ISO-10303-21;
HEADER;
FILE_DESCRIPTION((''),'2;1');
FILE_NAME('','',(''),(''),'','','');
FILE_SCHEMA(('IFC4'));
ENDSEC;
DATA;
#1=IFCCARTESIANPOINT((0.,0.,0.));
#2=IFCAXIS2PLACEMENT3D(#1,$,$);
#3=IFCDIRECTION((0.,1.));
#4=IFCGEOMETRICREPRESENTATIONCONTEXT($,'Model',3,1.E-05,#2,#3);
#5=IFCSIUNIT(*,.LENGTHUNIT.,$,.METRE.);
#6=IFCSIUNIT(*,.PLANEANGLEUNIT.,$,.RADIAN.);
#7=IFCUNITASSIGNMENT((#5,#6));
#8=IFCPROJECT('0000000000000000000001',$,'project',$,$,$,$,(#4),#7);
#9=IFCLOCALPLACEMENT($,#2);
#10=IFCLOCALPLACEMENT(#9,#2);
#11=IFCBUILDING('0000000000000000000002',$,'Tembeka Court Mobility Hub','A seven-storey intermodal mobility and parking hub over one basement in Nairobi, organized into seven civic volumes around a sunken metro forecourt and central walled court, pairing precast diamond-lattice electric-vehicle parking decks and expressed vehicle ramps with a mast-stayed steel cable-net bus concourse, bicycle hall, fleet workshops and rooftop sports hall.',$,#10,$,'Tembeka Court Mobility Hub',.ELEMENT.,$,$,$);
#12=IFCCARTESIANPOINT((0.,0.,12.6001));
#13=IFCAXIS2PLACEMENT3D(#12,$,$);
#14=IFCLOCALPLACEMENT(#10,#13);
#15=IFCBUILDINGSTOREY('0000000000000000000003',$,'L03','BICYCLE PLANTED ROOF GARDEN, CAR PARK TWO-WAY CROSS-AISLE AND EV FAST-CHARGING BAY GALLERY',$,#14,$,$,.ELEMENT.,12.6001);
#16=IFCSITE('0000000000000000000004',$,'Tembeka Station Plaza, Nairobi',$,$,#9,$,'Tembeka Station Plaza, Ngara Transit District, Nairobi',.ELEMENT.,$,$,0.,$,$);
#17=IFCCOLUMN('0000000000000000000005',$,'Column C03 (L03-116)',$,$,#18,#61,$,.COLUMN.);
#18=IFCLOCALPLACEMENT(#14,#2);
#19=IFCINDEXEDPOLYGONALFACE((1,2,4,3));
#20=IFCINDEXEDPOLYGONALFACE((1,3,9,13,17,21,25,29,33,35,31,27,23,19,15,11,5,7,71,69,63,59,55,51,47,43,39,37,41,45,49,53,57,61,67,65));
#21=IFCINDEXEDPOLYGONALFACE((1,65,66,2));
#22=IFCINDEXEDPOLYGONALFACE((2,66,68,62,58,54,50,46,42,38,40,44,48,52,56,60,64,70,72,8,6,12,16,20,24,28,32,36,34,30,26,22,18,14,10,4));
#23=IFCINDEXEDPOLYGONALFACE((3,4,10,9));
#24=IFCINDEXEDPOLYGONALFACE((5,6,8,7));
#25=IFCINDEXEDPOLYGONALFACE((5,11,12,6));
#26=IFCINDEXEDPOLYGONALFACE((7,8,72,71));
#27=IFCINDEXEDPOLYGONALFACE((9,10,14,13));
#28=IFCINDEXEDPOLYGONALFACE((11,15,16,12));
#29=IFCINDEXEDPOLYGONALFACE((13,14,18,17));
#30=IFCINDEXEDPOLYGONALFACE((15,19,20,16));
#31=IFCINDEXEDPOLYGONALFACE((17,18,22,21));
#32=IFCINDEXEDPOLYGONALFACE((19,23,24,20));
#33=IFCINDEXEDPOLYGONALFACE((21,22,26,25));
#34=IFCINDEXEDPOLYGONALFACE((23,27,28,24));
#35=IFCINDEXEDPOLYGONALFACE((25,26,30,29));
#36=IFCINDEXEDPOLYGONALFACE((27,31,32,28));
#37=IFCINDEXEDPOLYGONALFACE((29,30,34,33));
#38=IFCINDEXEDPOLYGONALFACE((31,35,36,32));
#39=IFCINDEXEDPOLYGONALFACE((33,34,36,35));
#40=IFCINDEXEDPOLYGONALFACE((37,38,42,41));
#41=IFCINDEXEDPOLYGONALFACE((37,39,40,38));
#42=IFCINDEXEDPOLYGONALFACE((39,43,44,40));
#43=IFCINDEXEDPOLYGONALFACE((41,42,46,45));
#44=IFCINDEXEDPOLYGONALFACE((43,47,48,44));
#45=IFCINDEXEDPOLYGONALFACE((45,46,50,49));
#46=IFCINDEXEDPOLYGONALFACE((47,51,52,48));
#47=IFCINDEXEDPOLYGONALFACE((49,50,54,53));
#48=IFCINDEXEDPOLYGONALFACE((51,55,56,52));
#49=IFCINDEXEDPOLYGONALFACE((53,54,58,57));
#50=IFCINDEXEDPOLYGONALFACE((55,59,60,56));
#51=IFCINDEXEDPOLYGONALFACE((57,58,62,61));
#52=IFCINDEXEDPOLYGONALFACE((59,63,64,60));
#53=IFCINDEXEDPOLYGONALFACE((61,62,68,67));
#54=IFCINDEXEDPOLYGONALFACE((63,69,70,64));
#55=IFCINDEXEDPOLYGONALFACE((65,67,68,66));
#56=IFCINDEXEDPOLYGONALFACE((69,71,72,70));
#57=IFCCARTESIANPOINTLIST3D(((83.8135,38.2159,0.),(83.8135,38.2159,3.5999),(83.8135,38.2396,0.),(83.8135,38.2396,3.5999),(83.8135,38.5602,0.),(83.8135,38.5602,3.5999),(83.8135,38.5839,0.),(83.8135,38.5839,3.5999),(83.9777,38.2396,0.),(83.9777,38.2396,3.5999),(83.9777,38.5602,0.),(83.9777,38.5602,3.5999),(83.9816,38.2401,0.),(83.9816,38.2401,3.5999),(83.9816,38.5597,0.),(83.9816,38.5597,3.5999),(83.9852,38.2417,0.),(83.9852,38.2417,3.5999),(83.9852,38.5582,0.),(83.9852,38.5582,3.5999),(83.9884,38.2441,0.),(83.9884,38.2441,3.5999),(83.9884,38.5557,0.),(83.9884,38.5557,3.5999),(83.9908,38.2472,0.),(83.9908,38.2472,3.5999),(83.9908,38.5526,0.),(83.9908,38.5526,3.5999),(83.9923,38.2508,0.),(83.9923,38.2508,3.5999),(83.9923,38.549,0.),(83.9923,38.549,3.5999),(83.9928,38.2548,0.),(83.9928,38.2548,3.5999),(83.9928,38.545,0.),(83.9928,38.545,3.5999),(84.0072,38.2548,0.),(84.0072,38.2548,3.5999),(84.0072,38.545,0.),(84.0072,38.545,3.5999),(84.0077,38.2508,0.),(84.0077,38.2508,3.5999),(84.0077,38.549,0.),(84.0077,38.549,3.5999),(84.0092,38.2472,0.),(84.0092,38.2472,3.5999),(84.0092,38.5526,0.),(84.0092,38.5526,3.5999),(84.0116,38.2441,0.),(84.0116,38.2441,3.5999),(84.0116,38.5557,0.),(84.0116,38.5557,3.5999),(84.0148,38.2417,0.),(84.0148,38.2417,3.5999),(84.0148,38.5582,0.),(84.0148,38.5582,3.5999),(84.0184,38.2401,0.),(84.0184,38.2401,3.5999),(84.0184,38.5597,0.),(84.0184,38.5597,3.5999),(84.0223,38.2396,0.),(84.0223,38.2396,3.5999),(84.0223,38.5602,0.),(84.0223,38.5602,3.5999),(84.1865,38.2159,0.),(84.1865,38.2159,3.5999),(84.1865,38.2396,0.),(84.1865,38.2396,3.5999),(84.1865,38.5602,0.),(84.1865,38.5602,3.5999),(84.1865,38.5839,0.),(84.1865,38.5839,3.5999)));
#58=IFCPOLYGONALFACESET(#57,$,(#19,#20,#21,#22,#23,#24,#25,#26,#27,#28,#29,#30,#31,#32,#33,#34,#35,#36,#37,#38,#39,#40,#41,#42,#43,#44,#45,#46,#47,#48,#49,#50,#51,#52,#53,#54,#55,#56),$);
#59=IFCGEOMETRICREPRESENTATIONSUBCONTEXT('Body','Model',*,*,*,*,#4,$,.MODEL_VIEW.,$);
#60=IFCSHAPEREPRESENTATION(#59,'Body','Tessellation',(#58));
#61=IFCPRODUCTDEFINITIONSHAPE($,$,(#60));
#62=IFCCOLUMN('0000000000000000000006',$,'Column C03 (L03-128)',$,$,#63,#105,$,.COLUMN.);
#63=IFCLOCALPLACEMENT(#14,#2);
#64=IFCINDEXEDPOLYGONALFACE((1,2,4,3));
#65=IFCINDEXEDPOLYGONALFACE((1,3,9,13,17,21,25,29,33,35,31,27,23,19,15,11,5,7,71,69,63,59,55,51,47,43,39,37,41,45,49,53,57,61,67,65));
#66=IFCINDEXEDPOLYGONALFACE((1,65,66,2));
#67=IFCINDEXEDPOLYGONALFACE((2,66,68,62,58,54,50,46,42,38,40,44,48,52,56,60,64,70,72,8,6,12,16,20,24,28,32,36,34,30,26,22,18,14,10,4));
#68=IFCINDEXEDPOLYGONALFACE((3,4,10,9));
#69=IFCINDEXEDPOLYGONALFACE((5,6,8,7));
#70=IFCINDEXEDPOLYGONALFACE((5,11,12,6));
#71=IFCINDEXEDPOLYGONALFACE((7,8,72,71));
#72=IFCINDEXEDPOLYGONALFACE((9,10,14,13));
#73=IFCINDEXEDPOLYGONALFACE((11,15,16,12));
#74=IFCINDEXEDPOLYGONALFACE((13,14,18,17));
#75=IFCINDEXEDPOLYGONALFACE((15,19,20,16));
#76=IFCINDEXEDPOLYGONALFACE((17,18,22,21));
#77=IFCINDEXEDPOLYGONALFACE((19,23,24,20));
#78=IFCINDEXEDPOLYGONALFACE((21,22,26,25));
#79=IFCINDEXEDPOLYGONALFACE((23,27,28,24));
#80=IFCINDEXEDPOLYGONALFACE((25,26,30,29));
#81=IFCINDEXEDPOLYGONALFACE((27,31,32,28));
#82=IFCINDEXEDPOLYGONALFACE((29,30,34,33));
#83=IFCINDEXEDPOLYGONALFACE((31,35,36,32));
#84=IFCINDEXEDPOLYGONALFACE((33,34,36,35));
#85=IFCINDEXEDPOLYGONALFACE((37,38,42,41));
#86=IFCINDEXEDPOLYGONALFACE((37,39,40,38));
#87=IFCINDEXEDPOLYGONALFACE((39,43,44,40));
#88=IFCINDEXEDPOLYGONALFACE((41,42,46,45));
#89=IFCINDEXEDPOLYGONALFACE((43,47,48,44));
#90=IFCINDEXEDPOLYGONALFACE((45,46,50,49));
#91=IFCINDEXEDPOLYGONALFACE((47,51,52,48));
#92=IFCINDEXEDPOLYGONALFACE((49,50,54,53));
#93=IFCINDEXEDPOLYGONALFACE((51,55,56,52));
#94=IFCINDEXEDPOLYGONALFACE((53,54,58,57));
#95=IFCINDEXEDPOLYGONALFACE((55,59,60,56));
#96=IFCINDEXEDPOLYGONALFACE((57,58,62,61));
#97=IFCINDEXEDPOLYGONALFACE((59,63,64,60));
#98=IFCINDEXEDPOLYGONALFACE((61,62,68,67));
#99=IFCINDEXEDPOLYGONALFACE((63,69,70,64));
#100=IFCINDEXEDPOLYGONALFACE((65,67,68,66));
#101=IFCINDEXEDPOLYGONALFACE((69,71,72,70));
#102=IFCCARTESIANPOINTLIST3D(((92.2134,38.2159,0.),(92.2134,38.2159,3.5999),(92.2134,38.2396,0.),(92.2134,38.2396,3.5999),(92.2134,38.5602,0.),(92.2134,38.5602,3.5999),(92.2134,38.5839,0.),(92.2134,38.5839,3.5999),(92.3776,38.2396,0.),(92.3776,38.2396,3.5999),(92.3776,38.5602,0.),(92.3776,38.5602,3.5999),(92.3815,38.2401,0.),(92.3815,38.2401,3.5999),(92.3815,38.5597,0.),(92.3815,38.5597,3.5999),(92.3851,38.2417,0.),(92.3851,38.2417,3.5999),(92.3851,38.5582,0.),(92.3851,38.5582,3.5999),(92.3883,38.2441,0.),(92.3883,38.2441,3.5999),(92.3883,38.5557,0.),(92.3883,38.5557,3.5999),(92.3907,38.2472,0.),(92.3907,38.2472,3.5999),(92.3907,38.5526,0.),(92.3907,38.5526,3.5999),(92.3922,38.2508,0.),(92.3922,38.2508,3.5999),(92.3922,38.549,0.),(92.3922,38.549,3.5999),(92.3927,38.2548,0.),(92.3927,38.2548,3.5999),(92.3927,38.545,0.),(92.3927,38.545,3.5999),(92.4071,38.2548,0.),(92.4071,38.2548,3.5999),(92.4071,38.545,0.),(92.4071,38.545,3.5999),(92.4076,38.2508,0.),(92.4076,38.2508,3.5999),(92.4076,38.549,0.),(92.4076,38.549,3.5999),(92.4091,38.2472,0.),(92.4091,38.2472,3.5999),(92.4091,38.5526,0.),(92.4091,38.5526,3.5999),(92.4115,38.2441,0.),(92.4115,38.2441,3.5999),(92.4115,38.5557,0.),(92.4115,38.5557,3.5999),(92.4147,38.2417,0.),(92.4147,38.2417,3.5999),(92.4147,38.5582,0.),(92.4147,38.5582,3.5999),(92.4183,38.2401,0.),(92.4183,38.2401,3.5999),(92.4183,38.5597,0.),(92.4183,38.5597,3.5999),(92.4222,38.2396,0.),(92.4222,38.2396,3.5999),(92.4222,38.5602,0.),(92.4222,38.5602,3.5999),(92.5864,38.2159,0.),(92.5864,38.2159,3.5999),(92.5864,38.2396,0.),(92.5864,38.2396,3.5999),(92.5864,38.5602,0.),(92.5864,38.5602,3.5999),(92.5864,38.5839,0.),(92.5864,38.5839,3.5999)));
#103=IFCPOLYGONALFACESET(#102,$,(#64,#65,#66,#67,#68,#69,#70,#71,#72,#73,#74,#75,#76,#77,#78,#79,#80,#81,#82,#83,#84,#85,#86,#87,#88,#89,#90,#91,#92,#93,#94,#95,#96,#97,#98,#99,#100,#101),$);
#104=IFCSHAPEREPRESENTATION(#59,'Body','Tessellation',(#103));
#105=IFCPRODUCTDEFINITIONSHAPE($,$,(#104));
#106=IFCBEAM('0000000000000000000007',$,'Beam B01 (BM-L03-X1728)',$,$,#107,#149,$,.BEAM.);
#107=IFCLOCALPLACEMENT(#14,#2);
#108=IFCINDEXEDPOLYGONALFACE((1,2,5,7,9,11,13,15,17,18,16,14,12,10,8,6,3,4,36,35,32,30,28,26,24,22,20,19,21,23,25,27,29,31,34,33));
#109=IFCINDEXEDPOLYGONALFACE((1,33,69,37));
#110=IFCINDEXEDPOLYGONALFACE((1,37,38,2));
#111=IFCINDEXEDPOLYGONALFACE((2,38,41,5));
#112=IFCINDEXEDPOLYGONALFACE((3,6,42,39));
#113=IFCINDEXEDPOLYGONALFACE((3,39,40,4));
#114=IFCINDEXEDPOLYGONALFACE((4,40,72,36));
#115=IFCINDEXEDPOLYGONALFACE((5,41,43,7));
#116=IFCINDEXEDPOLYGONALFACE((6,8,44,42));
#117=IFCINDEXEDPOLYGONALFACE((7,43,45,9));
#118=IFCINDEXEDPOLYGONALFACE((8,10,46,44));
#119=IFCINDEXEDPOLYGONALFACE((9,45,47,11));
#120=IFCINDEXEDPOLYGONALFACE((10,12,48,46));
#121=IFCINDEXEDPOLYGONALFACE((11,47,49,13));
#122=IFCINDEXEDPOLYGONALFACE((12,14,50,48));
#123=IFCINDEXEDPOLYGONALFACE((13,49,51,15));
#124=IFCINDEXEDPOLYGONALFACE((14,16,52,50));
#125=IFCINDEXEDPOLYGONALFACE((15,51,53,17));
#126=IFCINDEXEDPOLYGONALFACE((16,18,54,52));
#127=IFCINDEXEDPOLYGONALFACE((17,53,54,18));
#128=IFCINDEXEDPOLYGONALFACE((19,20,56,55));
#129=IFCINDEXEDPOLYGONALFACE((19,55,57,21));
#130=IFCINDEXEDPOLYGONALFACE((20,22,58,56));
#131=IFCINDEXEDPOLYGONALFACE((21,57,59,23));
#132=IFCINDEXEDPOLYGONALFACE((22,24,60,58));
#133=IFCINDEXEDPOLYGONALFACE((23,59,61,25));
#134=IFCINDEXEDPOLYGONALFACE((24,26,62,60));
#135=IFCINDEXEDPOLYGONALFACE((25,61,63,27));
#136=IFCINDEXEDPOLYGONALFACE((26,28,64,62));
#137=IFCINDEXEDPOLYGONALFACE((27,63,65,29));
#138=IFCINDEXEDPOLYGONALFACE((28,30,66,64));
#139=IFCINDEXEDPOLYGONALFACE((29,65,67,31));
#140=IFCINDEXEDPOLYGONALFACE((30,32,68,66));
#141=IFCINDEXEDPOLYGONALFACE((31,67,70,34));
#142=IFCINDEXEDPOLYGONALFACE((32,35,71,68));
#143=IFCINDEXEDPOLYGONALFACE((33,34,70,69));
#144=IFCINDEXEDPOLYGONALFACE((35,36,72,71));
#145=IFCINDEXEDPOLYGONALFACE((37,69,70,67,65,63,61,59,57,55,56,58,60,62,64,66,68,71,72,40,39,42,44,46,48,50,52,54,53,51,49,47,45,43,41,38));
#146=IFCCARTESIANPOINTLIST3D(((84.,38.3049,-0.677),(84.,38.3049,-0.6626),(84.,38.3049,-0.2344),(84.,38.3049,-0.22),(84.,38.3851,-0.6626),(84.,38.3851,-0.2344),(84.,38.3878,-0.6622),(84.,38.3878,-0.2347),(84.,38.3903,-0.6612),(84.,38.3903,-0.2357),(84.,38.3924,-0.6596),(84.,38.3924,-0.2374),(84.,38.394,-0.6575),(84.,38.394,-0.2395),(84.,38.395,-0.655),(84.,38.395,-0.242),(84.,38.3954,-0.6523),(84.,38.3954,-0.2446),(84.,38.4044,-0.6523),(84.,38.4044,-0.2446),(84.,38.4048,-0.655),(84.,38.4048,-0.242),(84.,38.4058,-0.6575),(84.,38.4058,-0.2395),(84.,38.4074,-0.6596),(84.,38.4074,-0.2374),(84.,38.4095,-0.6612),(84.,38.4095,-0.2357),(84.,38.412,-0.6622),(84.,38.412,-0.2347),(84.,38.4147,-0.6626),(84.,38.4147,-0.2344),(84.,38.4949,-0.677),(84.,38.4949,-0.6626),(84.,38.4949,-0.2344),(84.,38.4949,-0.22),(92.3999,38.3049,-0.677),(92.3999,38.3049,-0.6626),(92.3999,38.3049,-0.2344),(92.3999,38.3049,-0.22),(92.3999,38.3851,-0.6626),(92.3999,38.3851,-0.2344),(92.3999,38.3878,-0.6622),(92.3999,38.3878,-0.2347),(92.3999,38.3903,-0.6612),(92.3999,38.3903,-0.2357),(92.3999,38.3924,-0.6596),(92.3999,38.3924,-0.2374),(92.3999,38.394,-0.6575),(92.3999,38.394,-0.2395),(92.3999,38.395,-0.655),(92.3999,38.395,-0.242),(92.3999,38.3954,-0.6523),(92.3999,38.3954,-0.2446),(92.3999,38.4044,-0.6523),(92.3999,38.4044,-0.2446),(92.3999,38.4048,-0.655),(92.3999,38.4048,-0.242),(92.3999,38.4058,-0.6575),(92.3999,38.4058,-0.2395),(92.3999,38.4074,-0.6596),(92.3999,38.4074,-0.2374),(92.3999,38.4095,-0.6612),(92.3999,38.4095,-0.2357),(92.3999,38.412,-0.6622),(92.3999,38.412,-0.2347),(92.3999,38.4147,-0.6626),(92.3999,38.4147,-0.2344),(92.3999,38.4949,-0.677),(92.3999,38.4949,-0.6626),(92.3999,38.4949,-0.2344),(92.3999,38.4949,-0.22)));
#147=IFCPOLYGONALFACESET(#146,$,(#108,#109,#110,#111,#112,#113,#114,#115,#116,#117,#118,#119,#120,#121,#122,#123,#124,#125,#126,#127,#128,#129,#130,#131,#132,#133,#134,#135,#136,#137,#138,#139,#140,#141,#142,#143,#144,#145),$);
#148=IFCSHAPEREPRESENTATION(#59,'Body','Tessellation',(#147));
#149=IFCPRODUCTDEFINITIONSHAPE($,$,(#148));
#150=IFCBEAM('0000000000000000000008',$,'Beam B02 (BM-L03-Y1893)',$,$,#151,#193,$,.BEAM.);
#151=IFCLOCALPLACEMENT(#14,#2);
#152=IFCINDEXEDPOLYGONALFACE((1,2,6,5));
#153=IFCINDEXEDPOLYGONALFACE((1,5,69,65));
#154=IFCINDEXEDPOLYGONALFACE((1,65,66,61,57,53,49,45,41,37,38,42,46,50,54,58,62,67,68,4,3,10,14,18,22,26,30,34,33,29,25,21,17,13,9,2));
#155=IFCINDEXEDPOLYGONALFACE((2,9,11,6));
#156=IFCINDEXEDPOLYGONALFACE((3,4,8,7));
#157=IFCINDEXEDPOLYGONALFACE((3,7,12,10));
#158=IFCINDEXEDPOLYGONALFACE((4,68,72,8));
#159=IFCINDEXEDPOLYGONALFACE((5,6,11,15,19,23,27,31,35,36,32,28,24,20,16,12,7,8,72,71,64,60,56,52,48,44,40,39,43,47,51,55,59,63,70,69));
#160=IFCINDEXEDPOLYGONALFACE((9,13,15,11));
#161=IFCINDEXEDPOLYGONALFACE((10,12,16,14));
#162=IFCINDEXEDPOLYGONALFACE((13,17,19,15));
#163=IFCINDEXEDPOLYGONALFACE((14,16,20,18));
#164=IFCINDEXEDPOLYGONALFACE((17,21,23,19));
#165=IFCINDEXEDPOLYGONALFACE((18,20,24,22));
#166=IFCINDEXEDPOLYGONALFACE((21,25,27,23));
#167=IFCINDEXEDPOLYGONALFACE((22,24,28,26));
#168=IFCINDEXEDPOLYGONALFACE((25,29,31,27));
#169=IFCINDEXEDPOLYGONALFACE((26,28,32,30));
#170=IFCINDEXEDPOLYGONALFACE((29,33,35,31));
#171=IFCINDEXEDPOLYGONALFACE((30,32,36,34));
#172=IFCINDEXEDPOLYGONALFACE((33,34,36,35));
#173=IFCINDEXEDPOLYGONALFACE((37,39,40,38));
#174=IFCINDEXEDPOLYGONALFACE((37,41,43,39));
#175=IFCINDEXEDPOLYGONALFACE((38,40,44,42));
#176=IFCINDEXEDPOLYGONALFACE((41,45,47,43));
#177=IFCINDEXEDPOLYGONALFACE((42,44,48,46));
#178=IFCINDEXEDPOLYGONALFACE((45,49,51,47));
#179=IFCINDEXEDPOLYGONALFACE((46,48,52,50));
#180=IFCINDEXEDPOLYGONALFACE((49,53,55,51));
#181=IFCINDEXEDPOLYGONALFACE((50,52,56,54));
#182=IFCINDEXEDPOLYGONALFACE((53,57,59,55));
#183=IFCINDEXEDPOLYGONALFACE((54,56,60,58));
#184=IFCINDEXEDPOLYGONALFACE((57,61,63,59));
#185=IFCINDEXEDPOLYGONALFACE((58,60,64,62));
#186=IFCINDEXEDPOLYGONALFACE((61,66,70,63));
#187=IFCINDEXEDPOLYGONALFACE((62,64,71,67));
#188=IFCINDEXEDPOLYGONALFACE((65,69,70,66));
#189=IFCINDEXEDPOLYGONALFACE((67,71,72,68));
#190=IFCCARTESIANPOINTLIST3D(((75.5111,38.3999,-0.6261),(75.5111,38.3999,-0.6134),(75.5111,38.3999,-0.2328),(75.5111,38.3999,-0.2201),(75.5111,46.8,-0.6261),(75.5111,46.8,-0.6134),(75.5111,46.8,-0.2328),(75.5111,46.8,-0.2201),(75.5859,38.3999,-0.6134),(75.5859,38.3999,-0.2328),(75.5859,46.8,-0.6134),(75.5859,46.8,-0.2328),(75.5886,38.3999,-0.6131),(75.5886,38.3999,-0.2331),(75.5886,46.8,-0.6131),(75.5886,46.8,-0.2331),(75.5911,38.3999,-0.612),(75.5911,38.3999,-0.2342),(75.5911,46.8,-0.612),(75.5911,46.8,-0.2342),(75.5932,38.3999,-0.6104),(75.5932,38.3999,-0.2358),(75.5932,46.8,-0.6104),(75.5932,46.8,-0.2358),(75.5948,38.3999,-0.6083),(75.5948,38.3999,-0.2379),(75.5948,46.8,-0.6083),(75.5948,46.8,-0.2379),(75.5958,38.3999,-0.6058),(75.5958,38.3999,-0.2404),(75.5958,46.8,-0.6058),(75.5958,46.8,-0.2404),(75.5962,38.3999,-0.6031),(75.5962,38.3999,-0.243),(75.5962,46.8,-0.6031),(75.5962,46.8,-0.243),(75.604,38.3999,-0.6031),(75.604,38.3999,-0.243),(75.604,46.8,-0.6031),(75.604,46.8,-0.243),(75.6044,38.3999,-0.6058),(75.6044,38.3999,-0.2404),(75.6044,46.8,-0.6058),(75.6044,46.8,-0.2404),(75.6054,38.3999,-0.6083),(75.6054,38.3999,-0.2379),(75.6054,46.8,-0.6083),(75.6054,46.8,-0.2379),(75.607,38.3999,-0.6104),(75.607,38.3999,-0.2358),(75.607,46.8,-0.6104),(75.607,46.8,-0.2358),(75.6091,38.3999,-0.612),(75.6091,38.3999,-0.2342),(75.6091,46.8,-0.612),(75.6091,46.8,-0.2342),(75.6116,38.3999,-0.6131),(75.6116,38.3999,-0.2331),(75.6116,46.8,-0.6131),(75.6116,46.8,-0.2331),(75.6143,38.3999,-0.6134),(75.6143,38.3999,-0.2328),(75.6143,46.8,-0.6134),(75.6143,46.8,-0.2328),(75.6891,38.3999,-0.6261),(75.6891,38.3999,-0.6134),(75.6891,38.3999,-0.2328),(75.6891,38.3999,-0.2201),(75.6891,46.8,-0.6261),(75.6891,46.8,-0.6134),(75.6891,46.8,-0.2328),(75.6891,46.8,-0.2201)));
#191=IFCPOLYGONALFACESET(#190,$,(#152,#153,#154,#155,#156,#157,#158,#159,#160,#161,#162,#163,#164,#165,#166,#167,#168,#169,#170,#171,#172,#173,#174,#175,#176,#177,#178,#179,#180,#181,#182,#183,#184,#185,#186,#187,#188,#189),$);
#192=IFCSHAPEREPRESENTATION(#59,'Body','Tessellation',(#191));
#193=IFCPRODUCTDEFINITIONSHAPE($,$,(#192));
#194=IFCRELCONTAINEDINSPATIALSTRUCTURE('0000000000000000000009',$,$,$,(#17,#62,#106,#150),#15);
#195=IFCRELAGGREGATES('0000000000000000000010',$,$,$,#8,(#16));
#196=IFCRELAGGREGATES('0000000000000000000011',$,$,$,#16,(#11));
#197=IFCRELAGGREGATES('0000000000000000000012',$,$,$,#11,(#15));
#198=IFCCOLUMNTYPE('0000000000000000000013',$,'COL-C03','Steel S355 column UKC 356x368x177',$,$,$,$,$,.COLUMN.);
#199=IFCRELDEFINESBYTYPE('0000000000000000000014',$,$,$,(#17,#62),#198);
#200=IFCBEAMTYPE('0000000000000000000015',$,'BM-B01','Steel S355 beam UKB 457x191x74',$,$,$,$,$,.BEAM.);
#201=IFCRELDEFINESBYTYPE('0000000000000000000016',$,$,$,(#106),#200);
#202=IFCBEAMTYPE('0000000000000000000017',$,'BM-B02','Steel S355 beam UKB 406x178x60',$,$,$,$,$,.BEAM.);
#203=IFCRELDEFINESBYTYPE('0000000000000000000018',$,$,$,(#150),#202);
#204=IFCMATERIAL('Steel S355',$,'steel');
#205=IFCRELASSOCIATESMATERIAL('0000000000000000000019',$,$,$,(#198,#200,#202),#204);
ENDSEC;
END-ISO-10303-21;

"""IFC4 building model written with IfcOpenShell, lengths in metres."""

from ifc_helpers import new_model, si_unit, direction, frame, origin, origin_2d, place, context, subcontext, project, spatial, i_section, extrude, material, material_profile, profile_set, type_object, element, save


model = new_model("IFC4")

# Units and contexts
model_context = context("Model", 3, precision=1e-05, world=origin(), true_north=direction((0.0, 1.0)))
body_context = subcontext(model_context, "Body", "Model", "MODEL_VIEW")
ifc_project = project(units=[si_unit("LENGTHUNIT", "METRE"), si_unit("PLANEANGLEUNIT", "RADIAN")], contexts=[model_context])

# Site, building, storey
site_placement = place(None, origin())
site = spatial("IfcSite", under=ifc_project, at=site_placement, Name="Tembeka Station Plaza, Nairobi", LongName="Tembeka Station Plaza, Ngara Transit District, Nairobi", CompositionType="ELEMENT", RefElevation=0.0)
building_placement = place(site_placement, origin())
building = spatial("IfcBuilding", under=site, at=building_placement, Name="Tembeka Court Mobility Hub", Description="A seven-storey intermodal mobility and parking hub over one basement in Nairobi, organized into seven civic volumes around a sunken metro forecourt and central walled court, pairing precast diamond-lattice electric-vehicle parking decks and expressed vehicle ramps with a mast-stayed steel cable-net bus concourse, bicycle hall, fleet workshops and rooftop sports hall.", LongName="Tembeka Court Mobility Hub", CompositionType="ELEMENT")
storey_placement = place(building_placement, frame((0.0, 0.0, 12.6001)))
storey = spatial("IfcBuildingStorey", under=building, at=storey_placement, Name="L03", Description="BICYCLE PLANTED ROOF GARDEN, CAR PARK TWO-WAY CROSS-AISLE AND EV FAST-CHARGING BAY GALLERY", CompositionType="ELEMENT", Elevation=12.6001)

# Columns
ifc_material_1 = material(Name="Steel S355", Category="steel")
ifc_material_profile_1 = material_profile(ifc_material_1, i_section(OverallWidth=0.373, OverallDepth=0.3679, WebThickness=0.0144, FlangeThickness=0.0237, FilletRadius=0.0151, at=origin_2d()), Name="UKC 356x368x177")
ifc_profile_set_1 = profile_set([ifc_material_profile_1], Name="Steel S355")
column_type = type_object("IfcColumnType", Name="COL-C03", Description="Steel S355 column UKC 356x368x177", PredefinedType="COLUMN", material=ifc_profile_set_1)
for number, where, z_axis, x_axis, name in (
    (1, (84.0, 38.3999, 0.0), (0.0, 0.0, 1.0), (1.0, 0.0, 0.0), "Column C03 (L03-116)"),
    (2, (92.3999, 38.3999, 0.0), (0.0, 0.0, 1.0), (1.0, 0.0, 0.0), "Column C03 (L03-128)"),
):
    element("IfcColumn", number, at=place(storey_placement, frame(where, z_axis=z_axis, x_axis=x_axis)), inside=storey, type_object=column_type, Name=name, PredefinedType="COLUMN", context=body_context, shape_type="SweptSolid", body=[
        extrude(i_section(OverallWidth=0.373, OverallDepth=0.3679, WebThickness=0.0144, FlangeThickness=0.0237, FilletRadius=0.0151, at=origin_2d()), origin(), (0.0, 0.0, 1.0), 3.5999),
    ])

# Beams
ifc_material_profile_2 = material_profile(ifc_material_1, i_section(OverallWidth=0.1899, OverallDepth=0.457, WebThickness=0.009, FlangeThickness=0.0144, FilletRadius=0.0103, at=origin_2d()), Name="UKB 457x191x74")
ifc_profile_set_2 = profile_set([ifc_material_profile_2], Name="Steel S355")
beam_type_1 = type_object("IfcBeamType", Name="BM-B01", Description="Steel S355 beam UKB 457x191x74", PredefinedType="BEAM", material=ifc_profile_set_2)
beam_1_placement = place(storey_placement, frame((84.0, 38.3999, -0.4485), z_axis=(1.0, 0.0, 0.0), x_axis=(0.0, 1.0, 0.0)))
element("IfcBeam", 3, at=beam_1_placement, inside=storey, type_object=beam_type_1, Name="Beam B01 (BM-L03-X1728)", PredefinedType="BEAM", context=body_context, shape_type="SweptSolid", body=[
    extrude(i_section(OverallWidth=0.1899, OverallDepth=0.457, WebThickness=0.009, FlangeThickness=0.0144, FilletRadius=0.0103, at=origin_2d()), origin(), (0.0, 0.0, 1.0), 8.3999),
])
ifc_material_profile_3 = material_profile(ifc_material_1, i_section(OverallWidth=0.178, OverallDepth=0.406, WebThickness=0.0078, FlangeThickness=0.0127, FilletRadius=0.0103, at=origin_2d()), Name="UKB 406x178x60")
ifc_profile_set_3 = profile_set([ifc_material_profile_3], Name="Steel S355")
beam_type_2 = type_object("IfcBeamType", Name="BM-B02", Description="Steel S355 beam UKB 406x178x60", PredefinedType="BEAM", material=ifc_profile_set_3)
for number, where, z_axis, x_axis, name in (
    (4, (75.6001, 38.3999, -0.4231), (0.0, 1.0, 0.0), (-1.0, 0.0, 0.0), "Beam B02 (BM-L03-Y1893)"),
):
    element("IfcBeam", number, at=place(storey_placement, frame(where, z_axis=z_axis, x_axis=x_axis)), inside=storey, type_object=beam_type_2, Name=name, PredefinedType="BEAM", context=body_context, shape_type="SweptSolid", body=[
        extrude(i_section(OverallWidth=0.178, OverallDepth=0.406, WebThickness=0.0078, FlangeThickness=0.0127, FilletRadius=0.0103, at=origin_2d()), origin(), (0.0, 0.0, 1.0), 8.4001),
    ])

save(model, "model.ifc")
